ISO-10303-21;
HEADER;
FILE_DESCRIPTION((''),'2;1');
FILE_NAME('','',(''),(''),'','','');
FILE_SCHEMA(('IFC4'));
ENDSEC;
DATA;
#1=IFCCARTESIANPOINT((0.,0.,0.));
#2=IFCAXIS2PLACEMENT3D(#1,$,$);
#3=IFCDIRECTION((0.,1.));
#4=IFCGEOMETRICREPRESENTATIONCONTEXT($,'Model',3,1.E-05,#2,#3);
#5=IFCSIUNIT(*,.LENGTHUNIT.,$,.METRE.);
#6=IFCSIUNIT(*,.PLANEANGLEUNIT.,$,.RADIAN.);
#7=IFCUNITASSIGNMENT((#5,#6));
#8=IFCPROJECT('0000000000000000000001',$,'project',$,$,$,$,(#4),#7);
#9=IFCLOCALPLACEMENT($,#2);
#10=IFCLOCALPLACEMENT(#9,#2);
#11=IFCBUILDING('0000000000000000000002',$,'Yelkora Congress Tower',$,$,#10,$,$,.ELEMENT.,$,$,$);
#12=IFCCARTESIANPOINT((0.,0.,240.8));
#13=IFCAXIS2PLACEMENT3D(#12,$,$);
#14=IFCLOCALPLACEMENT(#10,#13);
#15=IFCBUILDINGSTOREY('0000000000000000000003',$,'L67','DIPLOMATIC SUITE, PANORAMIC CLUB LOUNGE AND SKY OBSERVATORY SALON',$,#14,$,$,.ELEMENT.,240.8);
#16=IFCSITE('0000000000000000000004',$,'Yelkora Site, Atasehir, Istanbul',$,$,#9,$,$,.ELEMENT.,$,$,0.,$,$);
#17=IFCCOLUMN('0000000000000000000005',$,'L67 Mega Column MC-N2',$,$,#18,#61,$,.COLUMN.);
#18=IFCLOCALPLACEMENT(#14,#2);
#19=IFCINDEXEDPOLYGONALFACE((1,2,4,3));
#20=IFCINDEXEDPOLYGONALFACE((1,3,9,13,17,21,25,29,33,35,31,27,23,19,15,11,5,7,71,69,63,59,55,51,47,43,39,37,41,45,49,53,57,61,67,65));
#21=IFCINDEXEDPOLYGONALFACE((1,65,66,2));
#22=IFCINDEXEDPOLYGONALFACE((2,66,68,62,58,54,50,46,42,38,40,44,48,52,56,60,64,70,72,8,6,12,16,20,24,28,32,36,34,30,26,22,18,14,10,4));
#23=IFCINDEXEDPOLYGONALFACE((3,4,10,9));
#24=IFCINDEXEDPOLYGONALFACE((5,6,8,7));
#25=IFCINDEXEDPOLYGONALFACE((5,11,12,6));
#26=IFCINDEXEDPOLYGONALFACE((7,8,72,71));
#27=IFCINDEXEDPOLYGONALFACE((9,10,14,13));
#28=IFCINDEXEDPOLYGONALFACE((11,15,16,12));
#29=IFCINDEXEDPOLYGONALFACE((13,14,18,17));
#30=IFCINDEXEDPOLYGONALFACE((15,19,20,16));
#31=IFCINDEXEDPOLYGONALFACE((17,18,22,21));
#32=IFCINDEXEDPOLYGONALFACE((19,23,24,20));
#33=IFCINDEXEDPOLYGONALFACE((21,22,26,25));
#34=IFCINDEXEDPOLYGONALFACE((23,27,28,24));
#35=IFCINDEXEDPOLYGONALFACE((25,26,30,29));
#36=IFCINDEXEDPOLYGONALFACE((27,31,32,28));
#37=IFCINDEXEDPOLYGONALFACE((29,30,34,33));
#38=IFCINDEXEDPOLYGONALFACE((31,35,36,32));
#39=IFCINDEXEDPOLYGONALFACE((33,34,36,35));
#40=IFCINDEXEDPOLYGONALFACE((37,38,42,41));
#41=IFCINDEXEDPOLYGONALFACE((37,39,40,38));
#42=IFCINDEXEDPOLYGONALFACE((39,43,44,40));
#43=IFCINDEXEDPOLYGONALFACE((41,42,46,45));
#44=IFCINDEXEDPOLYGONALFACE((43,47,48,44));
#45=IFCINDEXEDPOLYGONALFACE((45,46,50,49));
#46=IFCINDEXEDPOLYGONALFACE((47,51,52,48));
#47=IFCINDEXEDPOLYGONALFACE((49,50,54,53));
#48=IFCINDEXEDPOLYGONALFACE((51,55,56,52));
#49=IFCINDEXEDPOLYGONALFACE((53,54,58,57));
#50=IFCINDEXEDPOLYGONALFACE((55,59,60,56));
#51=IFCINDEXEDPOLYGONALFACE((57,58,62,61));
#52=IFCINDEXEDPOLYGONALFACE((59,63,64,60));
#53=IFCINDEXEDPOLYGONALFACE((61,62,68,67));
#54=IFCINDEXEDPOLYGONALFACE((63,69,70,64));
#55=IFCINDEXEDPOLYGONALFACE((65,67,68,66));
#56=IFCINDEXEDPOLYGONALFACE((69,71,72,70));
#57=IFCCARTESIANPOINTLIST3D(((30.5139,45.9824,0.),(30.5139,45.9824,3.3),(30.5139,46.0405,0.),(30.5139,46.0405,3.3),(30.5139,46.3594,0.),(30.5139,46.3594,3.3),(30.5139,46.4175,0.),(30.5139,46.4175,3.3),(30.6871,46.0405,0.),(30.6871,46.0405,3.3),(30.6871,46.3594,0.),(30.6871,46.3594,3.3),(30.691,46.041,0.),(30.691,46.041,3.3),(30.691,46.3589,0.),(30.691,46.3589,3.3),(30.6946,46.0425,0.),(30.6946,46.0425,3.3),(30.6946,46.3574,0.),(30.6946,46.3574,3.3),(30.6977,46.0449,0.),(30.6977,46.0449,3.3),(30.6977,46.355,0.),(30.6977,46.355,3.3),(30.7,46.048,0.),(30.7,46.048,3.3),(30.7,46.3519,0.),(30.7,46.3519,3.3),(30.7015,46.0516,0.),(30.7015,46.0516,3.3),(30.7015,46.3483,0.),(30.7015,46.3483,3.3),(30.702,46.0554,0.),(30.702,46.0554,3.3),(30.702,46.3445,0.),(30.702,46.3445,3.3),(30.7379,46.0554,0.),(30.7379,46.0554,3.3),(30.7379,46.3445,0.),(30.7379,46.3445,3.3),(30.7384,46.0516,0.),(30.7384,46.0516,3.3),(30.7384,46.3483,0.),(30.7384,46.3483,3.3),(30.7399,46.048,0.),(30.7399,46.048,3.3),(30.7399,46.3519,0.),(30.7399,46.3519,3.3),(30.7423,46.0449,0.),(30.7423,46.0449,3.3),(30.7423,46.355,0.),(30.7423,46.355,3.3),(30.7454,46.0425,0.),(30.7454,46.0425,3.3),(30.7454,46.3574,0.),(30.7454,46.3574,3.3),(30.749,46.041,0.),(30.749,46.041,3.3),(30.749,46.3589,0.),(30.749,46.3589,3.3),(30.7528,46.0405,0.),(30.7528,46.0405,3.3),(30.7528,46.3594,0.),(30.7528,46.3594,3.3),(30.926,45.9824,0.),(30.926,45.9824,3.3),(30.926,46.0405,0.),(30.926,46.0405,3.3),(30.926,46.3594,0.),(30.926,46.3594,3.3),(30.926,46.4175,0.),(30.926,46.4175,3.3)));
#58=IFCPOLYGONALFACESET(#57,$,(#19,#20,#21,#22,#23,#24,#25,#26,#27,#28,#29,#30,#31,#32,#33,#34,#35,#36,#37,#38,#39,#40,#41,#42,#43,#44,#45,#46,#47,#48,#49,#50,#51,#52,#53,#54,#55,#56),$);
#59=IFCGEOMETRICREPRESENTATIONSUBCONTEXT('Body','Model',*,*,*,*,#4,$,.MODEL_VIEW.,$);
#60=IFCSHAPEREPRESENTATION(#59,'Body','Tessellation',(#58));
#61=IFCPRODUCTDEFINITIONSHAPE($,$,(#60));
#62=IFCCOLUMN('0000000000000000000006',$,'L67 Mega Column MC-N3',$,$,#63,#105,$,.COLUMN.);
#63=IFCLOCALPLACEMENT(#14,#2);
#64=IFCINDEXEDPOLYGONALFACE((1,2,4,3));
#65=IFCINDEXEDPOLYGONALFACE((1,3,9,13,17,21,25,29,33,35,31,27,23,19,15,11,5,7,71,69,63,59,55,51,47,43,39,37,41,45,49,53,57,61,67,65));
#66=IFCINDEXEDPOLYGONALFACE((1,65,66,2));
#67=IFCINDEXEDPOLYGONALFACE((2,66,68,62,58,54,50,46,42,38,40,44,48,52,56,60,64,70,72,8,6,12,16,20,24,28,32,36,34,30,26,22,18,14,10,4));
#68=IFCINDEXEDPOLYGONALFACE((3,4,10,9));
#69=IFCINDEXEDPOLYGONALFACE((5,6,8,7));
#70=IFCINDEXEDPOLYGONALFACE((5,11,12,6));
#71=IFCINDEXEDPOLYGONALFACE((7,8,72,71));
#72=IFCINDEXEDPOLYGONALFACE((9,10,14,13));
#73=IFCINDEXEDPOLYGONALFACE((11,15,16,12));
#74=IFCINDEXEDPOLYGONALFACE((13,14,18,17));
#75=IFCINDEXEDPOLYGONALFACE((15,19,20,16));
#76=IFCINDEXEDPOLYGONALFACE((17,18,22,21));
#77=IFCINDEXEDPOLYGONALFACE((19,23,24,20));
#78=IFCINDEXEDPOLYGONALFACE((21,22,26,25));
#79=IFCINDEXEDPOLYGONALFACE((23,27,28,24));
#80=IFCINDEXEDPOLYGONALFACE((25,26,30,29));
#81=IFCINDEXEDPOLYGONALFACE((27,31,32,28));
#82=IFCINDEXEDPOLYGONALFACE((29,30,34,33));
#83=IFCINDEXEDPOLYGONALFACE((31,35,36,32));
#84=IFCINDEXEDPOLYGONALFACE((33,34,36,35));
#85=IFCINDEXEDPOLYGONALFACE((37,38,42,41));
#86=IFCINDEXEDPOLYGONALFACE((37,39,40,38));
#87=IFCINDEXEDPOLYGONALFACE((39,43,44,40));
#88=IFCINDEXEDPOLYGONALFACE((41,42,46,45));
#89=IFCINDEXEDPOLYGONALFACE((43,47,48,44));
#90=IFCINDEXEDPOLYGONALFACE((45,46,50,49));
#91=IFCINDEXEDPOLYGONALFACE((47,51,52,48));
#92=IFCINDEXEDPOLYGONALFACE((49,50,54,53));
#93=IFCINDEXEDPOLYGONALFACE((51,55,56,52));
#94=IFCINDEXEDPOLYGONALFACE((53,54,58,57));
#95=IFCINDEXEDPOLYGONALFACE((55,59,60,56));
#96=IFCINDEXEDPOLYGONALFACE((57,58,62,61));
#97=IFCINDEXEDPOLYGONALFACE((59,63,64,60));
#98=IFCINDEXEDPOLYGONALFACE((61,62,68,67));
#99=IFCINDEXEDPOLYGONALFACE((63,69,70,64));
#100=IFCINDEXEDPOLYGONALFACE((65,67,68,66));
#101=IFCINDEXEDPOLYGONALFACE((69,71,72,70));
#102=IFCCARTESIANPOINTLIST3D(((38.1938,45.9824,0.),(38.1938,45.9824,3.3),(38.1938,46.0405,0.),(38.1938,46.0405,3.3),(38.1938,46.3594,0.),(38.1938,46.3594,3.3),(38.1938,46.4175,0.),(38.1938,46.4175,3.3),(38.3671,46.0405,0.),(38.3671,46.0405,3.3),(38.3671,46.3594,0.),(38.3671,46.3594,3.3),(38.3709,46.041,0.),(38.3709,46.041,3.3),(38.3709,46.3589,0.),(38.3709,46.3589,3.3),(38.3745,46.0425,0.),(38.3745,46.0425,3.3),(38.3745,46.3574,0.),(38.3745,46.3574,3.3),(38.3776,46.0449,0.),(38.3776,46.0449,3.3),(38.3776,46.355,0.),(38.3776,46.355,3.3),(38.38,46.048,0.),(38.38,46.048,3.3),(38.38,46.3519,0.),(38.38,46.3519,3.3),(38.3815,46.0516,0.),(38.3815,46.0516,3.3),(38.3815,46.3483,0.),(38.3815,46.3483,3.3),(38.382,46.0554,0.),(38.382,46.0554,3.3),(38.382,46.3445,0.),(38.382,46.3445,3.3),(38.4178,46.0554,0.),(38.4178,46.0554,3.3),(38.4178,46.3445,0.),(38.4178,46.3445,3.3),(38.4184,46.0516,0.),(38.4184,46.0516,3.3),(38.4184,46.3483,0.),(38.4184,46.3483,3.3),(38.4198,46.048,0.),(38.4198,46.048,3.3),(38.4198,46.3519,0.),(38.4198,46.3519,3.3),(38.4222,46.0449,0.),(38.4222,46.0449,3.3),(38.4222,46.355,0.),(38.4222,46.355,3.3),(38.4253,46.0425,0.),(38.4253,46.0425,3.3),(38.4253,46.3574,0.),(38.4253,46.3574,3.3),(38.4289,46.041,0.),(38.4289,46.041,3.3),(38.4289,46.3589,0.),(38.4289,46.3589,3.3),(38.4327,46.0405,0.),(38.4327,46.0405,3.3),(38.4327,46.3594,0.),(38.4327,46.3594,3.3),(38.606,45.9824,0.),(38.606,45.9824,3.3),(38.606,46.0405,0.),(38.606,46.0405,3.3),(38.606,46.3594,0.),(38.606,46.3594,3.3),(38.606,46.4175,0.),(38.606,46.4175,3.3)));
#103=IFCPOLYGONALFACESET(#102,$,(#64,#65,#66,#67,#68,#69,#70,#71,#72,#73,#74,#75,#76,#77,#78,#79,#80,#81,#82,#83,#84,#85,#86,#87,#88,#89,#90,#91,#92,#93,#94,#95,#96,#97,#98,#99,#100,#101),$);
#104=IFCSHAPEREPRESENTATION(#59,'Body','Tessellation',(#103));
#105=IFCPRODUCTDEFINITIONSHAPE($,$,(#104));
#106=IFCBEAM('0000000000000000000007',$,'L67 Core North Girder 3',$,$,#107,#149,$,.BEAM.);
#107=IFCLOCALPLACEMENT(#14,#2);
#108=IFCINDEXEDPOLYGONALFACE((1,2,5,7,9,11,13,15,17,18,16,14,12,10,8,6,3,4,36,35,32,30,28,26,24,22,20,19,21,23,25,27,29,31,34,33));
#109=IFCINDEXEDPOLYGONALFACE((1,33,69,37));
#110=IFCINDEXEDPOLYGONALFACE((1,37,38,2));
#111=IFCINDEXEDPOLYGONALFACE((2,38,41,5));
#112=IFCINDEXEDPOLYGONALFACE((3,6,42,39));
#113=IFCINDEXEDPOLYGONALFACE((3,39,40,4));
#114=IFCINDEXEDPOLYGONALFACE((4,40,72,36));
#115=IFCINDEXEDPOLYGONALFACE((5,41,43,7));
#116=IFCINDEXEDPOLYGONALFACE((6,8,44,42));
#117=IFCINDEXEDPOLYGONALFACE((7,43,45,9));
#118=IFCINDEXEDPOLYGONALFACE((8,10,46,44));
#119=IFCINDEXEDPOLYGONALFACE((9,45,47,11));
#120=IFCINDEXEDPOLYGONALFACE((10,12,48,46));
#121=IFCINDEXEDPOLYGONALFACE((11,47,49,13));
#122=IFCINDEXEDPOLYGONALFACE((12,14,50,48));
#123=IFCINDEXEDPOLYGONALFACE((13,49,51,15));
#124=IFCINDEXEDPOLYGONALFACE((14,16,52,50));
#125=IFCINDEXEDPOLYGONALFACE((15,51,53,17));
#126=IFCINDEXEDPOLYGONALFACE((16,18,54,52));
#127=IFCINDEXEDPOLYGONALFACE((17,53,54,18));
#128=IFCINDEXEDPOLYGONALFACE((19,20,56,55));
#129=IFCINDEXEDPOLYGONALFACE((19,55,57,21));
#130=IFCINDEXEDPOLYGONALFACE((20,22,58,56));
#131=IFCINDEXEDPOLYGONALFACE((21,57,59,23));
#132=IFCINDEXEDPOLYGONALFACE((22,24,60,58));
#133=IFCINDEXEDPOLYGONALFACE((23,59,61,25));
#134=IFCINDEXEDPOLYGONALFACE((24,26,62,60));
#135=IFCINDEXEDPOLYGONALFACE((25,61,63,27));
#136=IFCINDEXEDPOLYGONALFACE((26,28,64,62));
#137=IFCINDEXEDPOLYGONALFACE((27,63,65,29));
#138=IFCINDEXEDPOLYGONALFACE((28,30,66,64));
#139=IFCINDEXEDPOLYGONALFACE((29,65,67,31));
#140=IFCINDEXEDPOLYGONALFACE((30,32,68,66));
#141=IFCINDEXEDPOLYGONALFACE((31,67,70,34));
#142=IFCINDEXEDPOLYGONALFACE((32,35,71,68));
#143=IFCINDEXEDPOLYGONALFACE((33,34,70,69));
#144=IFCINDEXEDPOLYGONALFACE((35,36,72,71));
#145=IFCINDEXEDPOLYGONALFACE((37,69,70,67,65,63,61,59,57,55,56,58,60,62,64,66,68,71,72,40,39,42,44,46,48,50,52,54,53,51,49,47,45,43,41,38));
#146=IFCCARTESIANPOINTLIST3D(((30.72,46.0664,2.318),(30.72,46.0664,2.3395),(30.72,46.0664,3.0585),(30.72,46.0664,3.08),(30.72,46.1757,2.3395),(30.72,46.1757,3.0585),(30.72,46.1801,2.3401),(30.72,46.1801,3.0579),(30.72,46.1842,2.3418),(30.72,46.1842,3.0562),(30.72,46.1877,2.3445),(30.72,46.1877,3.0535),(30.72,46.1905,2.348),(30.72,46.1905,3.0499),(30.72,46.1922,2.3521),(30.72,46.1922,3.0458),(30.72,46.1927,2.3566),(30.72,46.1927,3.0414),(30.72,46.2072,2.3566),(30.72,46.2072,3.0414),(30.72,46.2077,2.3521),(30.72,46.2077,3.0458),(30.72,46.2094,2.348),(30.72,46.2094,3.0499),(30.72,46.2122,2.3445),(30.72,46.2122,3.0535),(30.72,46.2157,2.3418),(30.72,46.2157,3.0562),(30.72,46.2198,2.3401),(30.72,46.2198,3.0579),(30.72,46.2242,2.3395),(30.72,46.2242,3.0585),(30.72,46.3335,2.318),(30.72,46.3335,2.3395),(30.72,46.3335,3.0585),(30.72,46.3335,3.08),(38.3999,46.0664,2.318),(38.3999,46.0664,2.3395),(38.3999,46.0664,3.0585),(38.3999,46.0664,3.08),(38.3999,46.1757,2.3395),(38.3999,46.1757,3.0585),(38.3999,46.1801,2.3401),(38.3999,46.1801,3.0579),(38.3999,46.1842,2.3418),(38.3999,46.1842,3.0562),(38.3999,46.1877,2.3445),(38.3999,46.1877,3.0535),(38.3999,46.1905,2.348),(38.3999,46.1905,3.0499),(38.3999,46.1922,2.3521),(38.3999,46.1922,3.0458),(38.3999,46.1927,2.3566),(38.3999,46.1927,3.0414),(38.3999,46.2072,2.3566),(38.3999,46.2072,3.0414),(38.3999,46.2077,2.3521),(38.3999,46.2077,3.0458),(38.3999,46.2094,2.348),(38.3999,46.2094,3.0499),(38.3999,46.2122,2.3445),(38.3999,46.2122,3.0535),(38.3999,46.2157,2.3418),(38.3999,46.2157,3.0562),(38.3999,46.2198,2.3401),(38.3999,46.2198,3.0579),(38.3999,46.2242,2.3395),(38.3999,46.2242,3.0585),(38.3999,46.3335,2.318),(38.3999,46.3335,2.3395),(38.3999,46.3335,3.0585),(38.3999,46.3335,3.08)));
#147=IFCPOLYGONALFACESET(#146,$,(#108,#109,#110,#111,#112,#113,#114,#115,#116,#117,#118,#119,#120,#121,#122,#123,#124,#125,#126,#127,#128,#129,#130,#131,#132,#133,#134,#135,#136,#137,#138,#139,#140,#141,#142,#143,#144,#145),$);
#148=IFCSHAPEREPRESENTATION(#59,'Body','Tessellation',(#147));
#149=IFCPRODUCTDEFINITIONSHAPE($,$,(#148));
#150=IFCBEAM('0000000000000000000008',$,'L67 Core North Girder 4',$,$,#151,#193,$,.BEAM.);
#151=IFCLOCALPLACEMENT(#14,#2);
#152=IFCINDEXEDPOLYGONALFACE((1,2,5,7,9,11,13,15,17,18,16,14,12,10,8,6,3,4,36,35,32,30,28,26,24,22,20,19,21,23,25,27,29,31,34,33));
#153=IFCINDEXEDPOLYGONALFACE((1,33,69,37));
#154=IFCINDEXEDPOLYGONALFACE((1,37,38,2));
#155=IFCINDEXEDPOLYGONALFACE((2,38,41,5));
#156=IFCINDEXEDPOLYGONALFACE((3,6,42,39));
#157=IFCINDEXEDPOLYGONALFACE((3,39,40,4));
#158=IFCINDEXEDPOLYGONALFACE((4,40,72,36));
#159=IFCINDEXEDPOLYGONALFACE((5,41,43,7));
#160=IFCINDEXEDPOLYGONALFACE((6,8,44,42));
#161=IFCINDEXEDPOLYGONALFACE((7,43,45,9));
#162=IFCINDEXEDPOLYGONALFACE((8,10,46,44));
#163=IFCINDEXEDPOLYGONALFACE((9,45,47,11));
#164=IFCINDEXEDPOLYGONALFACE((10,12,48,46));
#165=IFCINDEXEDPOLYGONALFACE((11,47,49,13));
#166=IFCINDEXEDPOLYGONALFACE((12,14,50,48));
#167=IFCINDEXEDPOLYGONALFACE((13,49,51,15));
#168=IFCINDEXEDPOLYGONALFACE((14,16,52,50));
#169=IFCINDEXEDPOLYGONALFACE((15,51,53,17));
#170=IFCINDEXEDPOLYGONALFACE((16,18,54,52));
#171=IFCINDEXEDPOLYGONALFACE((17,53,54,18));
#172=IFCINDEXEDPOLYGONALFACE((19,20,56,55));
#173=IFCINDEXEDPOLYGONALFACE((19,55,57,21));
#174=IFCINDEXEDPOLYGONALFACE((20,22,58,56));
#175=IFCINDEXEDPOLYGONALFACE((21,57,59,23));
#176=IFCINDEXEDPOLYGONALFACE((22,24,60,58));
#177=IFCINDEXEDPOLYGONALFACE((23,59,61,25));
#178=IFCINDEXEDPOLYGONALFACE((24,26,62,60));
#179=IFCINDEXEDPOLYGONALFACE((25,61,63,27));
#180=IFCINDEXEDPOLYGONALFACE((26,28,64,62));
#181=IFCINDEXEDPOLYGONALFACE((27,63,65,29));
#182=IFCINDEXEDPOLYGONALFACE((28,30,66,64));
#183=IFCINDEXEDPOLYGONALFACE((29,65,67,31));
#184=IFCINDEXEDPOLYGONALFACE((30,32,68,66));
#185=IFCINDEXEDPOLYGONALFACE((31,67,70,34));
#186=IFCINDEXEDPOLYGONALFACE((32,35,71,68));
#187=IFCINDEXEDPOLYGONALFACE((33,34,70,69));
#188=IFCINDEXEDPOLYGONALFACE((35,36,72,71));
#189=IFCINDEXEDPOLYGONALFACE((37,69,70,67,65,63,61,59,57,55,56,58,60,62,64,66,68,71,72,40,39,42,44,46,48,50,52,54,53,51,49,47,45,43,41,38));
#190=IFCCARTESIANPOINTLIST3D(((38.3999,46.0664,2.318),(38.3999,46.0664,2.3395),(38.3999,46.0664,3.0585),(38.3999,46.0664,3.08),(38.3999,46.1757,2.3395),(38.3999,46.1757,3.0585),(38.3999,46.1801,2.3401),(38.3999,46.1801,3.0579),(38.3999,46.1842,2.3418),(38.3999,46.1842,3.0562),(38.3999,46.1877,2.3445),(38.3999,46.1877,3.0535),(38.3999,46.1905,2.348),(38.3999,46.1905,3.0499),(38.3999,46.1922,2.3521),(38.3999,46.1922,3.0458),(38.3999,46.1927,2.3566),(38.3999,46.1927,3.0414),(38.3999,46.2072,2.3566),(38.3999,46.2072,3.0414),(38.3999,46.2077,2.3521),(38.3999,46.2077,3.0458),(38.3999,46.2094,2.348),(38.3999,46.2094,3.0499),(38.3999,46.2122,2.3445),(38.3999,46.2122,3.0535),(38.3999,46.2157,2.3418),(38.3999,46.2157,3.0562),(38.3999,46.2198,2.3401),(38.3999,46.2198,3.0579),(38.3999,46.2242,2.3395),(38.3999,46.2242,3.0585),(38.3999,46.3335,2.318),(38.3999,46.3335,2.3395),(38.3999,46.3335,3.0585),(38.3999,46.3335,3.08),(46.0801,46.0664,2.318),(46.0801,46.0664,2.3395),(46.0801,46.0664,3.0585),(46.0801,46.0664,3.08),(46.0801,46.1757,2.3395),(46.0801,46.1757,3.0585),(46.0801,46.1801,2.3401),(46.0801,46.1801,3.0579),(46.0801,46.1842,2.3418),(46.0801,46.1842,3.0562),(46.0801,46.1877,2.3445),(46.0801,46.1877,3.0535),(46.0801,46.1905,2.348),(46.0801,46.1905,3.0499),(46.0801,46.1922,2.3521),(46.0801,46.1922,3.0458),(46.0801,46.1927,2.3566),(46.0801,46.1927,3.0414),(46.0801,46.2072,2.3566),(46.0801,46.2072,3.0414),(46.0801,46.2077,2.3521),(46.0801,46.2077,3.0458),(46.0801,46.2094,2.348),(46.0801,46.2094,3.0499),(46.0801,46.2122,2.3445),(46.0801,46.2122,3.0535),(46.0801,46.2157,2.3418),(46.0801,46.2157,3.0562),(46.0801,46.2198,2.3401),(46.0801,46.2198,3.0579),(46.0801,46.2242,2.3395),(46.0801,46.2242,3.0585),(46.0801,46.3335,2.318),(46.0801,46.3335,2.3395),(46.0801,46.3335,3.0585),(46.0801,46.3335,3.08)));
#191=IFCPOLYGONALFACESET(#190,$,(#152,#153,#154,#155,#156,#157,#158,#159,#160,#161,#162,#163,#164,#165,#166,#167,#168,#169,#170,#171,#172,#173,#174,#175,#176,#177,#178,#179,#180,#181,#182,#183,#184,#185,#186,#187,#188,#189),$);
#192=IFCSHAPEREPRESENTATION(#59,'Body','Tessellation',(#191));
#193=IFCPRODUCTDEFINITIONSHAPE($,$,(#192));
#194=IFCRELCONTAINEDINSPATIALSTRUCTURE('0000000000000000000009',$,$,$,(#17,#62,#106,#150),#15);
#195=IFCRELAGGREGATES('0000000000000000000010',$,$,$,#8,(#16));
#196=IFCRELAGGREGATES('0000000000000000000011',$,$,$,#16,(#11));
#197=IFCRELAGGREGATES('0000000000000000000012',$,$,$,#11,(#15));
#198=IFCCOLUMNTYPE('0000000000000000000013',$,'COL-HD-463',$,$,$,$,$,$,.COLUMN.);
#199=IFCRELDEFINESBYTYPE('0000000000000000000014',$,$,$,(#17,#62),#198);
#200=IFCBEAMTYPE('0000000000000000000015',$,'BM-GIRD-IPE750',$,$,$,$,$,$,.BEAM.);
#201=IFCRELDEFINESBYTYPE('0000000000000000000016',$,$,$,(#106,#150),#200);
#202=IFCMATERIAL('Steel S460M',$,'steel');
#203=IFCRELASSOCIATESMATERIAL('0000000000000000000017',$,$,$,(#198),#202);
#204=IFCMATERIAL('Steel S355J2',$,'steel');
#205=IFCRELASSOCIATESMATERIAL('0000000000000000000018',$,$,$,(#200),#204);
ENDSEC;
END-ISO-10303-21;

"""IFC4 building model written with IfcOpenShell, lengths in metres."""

from ifc_helpers import new_model, si_unit, direction, frame, origin, origin_2d, place, context, subcontext, project, spatial, i_section, extrude, material, material_profile, profile_set, type_object, element, save


model = new_model("IFC4")

# Units and contexts
model_context = context("Model", 3, precision=1e-05, world=origin(), true_north=direction((0.0, 1.0)))
body_context = subcontext(model_context, "Body", "Model", "MODEL_VIEW")
ifc_project = project(units=[si_unit("LENGTHUNIT", "METRE"), si_unit("PLANEANGLEUNIT", "RADIAN")], contexts=[model_context])

# Site, building, storey
site_placement = place(None, origin())
site = spatial("IfcSite", under=ifc_project, at=site_placement, Name="Yelkora Site, Atasehir, Istanbul", CompositionType="ELEMENT", RefElevation=0.0)
building_placement = place(site_placement, origin())
building = spatial("IfcBuilding", under=site, at=building_placement, Name="Yelkora Congress Tower", CompositionType="ELEMENT")
storey_placement = place(building_placement, frame((0.0, 0.0, 240.8)))
storey = spatial("IfcBuildingStorey", under=building, at=storey_placement, Name="L67", Description="DIPLOMATIC SUITE, PANORAMIC CLUB LOUNGE AND SKY OBSERVATORY SALON", CompositionType="ELEMENT", Elevation=240.8)

# Columns
ifc_material_1 = material(Name="Steel S460M", Category="steel")
ifc_material_profile_1 = material_profile(ifc_material_1, i_section(OverallWidth=0.4121, OverallDepth=0.4351, WebThickness=0.0359, FlangeThickness=0.0581, FilletRadius=0.0149, at=origin_2d()), Name="HD 400x463")
ifc_profile_set_1 = profile_set([ifc_material_profile_1], Name="Steel S460M")
column_type = type_object("IfcColumnType", Name="COL-HD-463", PredefinedType="COLUMN", material=ifc_profile_set_1)
for number, where, z_axis, x_axis, name in (
    (1, (30.72, 46.2, 0.0), (0.0, 0.0, 1.0), (1.0, 0.0, 0.0), "L67 Mega Column MC-N2"),
    (2, (38.3999, 46.2, 0.0), (0.0, 0.0, 1.0), (1.0, 0.0, 0.0), "L67 Mega Column MC-N3"),
):
    element("IfcColumn", number, at=place(storey_placement, frame(where, z_axis=z_axis, x_axis=x_axis)), inside=storey, type_object=column_type, Name=name, PredefinedType="COLUMN", context=body_context, shape_type="SweptSolid", body=[
        extrude(i_section(OverallWidth=0.4121, OverallDepth=0.4351, WebThickness=0.0359, FlangeThickness=0.0581, FilletRadius=0.0149, at=origin_2d()), origin(), (0.0, 0.0, 1.0), 3.3),
    ])

# Beams
ifc_material_2 = material(Name="Steel S355J2", Category="steel")
ifc_material_profile_2 = material_profile(ifc_material_2, i_section(OverallWidth=0.2671, OverallDepth=0.762, WebThickness=0.0144, FlangeThickness=0.0215, FilletRadius=0.0171, at=origin_2d()), Name="IPE 750x173")
ifc_profile_set_2 = profile_set([ifc_material_profile_2], Name="Steel S355J2")
beam_type = type_object("IfcBeamType", Name="BM-GIRD-IPE750", PredefinedType="BEAM", material=ifc_profile_set_2)
beam_1_placement = place(storey_placement, frame((30.72, 46.2, 2.699), z_axis=(1.0, 0.0, 0.0), x_axis=(0.0, 1.0, 0.0)))
element("IfcBeam", 3, at=beam_1_placement, inside=storey, type_object=beam_type, Name="L67 Core North Girder 3", PredefinedType="BEAM", context=body_context, shape_type="SweptSolid", body=[
    extrude(i_section(OverallWidth=0.2671, OverallDepth=0.762, WebThickness=0.0144, FlangeThickness=0.0215, FilletRadius=0.0171, at=origin_2d()), origin(), (0.0, 0.0, 1.0), 7.6799),
])
beam_2_placement = place(storey_placement, frame((38.3999, 46.2, 2.699), z_axis=(1.0, 0.0, 0.0), x_axis=(0.0, 1.0, 0.0)))
element("IfcBeam", 4, at=beam_2_placement, inside=storey, type_object=beam_type, Name="L67 Core North Girder 4", PredefinedType="BEAM", context=body_context, shape_type="SweptSolid", body=[
    extrude(i_section(OverallWidth=0.2671, OverallDepth=0.762, WebThickness=0.0144, FlangeThickness=0.0215, FilletRadius=0.0171, at=origin_2d()), origin(), (0.0, 0.0, 1.0), 7.6802),
])

save(model, "model.ifc")
